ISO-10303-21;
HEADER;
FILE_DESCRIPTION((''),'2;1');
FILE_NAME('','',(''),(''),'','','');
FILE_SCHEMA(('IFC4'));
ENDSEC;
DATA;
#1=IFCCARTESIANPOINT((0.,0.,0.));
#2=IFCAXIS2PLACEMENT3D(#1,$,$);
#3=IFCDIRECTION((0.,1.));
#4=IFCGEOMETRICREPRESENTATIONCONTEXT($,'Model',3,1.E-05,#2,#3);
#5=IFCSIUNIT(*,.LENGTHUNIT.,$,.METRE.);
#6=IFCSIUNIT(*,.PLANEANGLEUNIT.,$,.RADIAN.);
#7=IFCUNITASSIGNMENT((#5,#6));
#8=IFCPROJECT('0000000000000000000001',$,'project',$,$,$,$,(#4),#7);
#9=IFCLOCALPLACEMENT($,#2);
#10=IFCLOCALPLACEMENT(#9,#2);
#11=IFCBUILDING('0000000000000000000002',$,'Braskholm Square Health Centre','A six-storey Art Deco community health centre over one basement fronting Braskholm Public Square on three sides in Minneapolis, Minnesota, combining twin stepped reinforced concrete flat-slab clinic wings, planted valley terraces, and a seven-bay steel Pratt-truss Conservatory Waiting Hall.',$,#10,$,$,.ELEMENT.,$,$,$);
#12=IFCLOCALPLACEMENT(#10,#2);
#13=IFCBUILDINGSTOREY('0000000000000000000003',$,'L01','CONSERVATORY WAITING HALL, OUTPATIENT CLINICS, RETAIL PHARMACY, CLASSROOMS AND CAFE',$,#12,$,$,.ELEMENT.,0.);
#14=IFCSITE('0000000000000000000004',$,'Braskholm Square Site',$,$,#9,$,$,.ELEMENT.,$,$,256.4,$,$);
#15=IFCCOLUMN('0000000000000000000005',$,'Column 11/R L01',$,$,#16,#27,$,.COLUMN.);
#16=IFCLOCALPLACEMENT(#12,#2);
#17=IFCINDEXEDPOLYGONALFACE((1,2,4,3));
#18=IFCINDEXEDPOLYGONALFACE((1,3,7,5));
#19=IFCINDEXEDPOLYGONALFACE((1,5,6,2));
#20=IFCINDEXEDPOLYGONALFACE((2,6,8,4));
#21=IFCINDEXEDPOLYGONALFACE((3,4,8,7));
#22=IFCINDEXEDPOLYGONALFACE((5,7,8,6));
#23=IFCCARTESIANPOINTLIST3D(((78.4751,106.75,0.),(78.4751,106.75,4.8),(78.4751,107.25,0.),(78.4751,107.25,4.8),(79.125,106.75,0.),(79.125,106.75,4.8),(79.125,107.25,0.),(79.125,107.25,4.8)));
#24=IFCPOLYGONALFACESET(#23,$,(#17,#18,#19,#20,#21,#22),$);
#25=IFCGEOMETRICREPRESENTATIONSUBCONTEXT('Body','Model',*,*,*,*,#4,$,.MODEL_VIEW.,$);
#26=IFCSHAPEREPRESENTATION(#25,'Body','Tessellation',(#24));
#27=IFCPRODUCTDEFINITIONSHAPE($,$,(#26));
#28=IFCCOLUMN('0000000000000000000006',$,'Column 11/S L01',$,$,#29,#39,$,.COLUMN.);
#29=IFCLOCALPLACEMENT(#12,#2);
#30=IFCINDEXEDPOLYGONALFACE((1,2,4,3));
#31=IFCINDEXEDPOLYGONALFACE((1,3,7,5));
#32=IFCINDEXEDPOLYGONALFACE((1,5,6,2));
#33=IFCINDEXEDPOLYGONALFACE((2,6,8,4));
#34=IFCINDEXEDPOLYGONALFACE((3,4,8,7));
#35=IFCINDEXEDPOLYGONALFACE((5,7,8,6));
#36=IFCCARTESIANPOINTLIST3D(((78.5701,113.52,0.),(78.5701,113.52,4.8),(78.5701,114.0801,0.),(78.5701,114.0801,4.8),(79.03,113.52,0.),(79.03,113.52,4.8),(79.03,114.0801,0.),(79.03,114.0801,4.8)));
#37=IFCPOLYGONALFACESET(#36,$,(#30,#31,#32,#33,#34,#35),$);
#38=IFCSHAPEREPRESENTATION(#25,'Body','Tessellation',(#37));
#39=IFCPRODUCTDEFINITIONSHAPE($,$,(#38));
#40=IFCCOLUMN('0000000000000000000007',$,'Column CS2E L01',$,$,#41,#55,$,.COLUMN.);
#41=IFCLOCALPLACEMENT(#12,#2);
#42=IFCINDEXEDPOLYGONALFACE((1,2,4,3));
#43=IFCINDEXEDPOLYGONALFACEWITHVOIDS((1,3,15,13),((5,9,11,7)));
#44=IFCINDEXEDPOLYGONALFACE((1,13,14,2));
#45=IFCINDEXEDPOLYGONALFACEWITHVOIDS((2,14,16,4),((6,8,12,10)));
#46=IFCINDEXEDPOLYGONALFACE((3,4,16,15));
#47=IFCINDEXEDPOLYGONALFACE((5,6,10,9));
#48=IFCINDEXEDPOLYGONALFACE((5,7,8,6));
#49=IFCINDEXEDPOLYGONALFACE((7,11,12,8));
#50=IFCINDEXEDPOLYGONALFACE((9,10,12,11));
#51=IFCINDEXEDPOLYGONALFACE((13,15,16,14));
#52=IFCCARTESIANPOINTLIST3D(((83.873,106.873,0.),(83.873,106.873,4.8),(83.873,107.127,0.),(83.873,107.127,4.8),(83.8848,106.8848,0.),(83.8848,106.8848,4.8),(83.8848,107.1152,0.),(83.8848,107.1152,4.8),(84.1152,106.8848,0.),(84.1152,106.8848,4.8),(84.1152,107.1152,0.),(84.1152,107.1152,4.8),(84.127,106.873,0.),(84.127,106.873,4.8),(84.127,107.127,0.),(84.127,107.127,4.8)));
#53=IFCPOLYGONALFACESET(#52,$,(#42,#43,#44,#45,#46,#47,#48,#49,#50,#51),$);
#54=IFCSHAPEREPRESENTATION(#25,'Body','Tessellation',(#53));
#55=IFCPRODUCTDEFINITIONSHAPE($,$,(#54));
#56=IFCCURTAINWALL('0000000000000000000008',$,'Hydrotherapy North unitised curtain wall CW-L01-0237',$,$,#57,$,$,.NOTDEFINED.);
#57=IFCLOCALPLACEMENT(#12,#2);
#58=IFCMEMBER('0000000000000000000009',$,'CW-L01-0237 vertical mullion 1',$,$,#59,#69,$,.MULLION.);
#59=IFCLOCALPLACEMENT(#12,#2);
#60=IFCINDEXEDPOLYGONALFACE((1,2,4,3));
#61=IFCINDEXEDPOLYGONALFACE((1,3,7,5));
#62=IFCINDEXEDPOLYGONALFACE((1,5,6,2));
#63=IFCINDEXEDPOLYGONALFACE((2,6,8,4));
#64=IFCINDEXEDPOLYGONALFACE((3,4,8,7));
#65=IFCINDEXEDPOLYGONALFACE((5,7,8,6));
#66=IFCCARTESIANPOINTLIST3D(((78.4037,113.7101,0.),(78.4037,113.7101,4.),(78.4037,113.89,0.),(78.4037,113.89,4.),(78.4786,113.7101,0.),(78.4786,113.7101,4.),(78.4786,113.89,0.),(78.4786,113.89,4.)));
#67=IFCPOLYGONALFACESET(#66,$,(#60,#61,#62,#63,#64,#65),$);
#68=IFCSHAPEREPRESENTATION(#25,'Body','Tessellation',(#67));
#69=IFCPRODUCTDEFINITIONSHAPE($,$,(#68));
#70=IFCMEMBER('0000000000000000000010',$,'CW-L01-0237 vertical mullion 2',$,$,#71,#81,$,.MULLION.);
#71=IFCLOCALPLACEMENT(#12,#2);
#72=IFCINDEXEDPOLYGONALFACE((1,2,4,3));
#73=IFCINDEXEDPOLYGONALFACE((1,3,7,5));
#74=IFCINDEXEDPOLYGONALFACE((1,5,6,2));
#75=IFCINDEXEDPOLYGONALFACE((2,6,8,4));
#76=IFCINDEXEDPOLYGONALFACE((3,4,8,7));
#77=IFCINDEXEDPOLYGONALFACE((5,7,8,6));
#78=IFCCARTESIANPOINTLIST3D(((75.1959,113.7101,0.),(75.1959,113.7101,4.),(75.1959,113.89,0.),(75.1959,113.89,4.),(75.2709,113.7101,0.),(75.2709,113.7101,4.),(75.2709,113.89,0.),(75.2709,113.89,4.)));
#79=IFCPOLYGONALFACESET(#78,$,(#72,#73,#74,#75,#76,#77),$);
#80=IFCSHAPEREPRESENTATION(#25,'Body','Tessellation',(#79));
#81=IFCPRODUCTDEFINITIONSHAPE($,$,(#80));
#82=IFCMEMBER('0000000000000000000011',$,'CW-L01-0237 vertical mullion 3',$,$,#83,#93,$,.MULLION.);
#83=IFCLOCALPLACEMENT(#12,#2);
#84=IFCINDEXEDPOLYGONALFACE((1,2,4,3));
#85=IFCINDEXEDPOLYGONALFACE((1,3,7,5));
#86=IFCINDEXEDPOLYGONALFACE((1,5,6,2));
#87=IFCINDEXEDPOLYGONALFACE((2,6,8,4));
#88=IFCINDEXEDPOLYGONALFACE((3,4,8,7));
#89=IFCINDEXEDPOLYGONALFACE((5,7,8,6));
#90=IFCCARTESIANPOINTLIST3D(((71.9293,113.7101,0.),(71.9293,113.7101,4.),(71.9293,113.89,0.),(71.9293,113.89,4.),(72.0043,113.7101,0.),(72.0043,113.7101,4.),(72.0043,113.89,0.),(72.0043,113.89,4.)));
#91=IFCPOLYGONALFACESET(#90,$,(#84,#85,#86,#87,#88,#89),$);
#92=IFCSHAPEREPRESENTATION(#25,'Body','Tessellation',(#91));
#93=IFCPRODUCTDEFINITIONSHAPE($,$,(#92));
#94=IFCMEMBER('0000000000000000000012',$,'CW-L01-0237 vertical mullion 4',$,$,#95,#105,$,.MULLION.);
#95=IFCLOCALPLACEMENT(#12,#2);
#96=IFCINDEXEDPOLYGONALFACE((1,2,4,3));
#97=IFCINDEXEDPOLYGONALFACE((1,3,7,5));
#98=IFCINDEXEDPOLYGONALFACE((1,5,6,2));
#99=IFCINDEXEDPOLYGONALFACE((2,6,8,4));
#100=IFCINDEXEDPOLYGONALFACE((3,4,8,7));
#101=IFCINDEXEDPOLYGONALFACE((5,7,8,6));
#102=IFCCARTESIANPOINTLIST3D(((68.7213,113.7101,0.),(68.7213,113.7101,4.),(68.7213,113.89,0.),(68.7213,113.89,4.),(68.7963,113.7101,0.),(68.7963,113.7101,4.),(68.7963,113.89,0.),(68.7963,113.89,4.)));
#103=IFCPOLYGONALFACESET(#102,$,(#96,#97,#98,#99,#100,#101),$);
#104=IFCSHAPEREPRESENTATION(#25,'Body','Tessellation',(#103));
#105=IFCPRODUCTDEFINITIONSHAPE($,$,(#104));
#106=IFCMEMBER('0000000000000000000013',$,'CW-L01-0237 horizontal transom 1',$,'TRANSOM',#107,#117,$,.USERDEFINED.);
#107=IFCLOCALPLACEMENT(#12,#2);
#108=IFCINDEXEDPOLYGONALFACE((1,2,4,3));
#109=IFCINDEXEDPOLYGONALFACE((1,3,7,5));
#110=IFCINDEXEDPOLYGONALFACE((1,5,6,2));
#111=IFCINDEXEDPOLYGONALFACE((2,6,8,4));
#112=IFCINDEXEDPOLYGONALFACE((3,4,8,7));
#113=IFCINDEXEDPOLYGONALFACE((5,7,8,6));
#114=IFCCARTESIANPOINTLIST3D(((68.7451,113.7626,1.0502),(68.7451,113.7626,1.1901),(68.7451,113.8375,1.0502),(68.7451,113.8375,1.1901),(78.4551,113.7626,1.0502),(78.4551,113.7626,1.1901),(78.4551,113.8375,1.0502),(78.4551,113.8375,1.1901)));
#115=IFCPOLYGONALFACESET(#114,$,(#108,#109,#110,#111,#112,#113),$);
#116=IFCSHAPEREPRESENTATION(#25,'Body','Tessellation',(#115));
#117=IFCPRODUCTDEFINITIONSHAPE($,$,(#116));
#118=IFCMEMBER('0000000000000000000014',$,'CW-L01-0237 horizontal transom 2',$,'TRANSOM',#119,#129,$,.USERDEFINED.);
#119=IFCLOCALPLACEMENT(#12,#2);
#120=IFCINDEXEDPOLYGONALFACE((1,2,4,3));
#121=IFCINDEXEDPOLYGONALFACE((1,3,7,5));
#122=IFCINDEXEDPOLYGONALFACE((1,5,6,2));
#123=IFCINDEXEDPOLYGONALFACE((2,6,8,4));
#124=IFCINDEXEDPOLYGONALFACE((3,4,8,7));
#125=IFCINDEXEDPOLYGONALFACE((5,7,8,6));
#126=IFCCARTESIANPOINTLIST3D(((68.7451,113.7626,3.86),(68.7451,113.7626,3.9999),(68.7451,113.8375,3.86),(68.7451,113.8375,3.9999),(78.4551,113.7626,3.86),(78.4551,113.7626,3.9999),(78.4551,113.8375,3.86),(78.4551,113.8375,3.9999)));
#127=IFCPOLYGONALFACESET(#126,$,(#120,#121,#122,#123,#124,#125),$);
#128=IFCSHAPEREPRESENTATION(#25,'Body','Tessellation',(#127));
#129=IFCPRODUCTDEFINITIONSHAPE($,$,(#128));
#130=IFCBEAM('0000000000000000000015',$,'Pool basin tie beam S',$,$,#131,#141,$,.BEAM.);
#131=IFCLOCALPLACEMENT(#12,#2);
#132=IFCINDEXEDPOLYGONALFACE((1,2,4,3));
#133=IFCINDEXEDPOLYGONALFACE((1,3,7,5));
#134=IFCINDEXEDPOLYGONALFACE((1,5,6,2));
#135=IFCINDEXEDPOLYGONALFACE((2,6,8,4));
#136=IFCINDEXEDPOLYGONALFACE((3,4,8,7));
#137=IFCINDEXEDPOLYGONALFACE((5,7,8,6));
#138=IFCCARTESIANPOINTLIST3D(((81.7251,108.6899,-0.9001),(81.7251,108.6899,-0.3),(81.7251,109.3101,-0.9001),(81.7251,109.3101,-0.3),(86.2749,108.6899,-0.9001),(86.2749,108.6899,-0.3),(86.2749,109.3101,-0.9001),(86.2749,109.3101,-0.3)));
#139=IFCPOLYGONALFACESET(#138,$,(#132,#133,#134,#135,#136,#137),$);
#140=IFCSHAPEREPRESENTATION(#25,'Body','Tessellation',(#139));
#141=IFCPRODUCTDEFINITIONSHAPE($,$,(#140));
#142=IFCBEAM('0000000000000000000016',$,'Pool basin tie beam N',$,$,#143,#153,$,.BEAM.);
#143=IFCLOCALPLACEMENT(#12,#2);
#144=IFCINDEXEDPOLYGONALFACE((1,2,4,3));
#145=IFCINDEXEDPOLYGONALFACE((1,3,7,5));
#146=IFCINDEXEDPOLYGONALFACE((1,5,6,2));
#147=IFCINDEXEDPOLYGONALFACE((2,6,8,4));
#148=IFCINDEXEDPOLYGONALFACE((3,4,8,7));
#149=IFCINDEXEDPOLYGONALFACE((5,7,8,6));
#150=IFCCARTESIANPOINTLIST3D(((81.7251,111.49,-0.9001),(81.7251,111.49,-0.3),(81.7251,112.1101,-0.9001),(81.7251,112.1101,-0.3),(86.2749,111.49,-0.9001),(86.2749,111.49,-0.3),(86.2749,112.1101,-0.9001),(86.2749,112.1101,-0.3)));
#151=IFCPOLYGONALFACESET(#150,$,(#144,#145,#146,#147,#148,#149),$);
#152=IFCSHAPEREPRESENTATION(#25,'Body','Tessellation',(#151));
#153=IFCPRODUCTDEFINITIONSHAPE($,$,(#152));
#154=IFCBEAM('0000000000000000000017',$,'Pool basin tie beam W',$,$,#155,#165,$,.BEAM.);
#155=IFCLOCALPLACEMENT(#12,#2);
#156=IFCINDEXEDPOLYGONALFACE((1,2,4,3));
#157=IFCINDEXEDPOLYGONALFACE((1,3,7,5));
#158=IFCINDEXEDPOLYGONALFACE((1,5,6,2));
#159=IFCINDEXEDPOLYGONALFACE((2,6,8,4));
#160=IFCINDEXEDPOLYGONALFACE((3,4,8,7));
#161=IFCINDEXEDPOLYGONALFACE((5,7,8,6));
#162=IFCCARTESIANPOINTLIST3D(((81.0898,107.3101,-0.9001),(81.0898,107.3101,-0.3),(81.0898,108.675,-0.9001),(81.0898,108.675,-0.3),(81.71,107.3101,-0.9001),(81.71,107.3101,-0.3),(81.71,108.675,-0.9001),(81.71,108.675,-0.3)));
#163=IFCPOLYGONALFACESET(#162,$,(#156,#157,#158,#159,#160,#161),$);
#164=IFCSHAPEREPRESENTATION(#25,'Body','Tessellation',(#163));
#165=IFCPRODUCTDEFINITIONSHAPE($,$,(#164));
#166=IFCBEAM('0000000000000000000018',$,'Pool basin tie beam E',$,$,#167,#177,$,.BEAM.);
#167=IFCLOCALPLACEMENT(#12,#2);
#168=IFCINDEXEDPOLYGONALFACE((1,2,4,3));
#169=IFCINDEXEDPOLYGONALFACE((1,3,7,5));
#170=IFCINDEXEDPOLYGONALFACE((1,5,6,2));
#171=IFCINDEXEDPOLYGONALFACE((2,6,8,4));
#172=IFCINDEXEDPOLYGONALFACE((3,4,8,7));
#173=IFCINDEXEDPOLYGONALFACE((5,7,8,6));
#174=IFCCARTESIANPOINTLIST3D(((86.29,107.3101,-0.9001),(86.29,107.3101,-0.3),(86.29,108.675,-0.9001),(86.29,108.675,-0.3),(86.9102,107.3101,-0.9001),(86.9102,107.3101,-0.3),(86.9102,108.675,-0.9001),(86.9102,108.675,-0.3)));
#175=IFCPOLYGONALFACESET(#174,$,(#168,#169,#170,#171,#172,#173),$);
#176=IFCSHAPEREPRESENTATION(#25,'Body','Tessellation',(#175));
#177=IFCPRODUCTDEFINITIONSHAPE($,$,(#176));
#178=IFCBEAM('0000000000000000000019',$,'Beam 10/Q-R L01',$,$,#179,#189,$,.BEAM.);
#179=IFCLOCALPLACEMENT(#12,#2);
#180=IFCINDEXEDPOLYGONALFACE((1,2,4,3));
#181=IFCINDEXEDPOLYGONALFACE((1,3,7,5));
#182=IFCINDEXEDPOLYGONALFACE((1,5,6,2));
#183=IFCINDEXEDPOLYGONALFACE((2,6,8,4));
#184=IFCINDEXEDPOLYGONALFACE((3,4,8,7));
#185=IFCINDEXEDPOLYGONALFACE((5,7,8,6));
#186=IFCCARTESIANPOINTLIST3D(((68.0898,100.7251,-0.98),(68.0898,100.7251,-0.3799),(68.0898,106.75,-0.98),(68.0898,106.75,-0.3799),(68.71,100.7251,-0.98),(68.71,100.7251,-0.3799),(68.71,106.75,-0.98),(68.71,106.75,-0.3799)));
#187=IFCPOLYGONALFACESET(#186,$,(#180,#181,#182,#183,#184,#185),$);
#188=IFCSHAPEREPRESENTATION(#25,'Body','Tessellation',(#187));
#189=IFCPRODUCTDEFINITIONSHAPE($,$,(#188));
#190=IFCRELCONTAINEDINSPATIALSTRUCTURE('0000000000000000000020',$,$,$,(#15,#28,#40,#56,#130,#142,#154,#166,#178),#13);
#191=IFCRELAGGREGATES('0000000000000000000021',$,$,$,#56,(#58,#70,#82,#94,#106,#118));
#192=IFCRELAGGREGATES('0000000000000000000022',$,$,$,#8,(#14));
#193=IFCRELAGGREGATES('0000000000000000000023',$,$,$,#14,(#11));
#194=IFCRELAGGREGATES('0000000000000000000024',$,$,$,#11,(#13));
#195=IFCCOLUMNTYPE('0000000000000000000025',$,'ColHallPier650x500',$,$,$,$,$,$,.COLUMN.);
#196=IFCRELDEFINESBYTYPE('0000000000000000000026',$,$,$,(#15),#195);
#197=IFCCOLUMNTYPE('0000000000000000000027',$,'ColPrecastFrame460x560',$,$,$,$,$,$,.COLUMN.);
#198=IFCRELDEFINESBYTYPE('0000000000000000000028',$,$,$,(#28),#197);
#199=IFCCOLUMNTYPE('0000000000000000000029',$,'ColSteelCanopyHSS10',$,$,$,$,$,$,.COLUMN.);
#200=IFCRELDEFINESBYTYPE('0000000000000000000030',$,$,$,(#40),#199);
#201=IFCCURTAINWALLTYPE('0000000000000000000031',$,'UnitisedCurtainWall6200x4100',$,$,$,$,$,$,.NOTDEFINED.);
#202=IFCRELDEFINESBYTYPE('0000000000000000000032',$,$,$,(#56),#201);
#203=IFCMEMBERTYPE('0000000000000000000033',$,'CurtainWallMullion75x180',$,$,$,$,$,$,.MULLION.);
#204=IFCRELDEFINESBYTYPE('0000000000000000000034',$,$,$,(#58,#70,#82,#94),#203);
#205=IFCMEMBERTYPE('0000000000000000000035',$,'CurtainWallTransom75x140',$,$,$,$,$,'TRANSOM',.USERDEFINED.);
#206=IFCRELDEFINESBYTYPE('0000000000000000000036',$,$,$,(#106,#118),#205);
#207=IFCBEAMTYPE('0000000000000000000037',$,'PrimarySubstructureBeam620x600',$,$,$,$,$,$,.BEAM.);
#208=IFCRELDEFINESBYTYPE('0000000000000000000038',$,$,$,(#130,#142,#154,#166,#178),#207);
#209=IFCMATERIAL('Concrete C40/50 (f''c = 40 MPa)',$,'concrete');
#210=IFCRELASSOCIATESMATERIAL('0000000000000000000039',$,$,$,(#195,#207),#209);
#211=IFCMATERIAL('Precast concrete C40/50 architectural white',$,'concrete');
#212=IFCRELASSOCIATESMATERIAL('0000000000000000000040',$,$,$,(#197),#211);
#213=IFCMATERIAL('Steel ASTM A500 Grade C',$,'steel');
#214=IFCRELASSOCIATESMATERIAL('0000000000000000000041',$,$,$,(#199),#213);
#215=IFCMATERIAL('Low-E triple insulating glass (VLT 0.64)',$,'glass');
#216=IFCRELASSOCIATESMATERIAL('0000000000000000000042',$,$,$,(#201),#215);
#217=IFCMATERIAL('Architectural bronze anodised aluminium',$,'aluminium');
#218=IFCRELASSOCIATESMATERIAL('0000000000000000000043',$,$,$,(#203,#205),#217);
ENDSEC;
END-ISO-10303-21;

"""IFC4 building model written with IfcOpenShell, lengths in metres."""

from ifc_helpers import new_model, si_unit, direction, frame, origin, origin_2d, place, context, subcontext, project, spatial, rectangle, hollow_rectangle, extrude, material, material_profile, profile_set, type_object, element, aggregate, save


model = new_model("IFC4")

# Units and contexts
model_context = context("Model", 3, precision=1e-05, world=origin(), true_north=direction((0.0, 1.0)))
body_context = subcontext(model_context, "Body", "Model", "MODEL_VIEW")
ifc_project = project(units=[si_unit("LENGTHUNIT", "METRE"), si_unit("PLANEANGLEUNIT", "RADIAN")], contexts=[model_context])

# Site, building, storey
site_placement = place(None, origin())
site = spatial("IfcSite", under=ifc_project, at=site_placement, Name="Braskholm Square Site", CompositionType="ELEMENT", RefElevation=256.4)
building_placement = place(site_placement, origin())
building = spatial("IfcBuilding", under=site, at=building_placement, Name="Braskholm Square Health Centre", Description="A six-storey Art Deco community health centre over one basement fronting Braskholm Public Square on three sides in Minneapolis, Minnesota, combining twin stepped reinforced concrete flat-slab clinic wings, planted valley terraces, and a seven-bay steel Pratt-truss Conservatory Waiting Hall.", CompositionType="ELEMENT")
storey_placement = place(building_placement, origin())
storey = spatial("IfcBuildingStorey", under=building, at=storey_placement, Name="L01", Description="CONSERVATORY WAITING HALL, OUTPATIENT CLINICS, RETAIL PHARMACY, CLASSROOMS AND CAFE", CompositionType="ELEMENT", Elevation=0.0)

# Columns
ifc_material_1 = material(Name="Concrete C40/50 (f'c = 40 MPa)", Category="concrete")
ifc_material_profile_1 = material_profile(ifc_material_1, rectangle(XDim=0.6499, YDim=0.5, at=origin_2d()), Name="RC-650X500")
ifc_profile_set_1 = profile_set([ifc_material_profile_1], Name="Concrete C40/50 (f'c = 40 MPa)")
column_type_1 = type_object("IfcColumnType", Name="ColHallPier650x500", PredefinedType="COLUMN", material=ifc_profile_set_1)
column_1_placement = place(storey_placement, frame((78.8, 107.0, 0.0), z_axis=(0.0, 0.0, 1.0), x_axis=(1.0, 0.0, 0.0)))
element("IfcColumn", 1, at=column_1_placement, inside=storey, type_object=column_type_1, Name="Column 11/R L01", PredefinedType="COLUMN", context=body_context, shape_type="SweptSolid", body=[
    extrude(rectangle(XDim=0.6499, YDim=0.5, at=origin_2d()), origin(), (0.0, 0.0, 1.0), 4.8),
])
ifc_material_2 = material(Name="Precast concrete C40/50 architectural white", Category="concrete")
ifc_material_profile_2 = material_profile(ifc_material_2, rectangle(XDim=0.46, YDim=0.5601, at=origin_2d()), Name="RC-460X560")
ifc_profile_set_2 = profile_set([ifc_material_profile_2], Name="Precast concrete C40/50 architectural white")
column_type_2 = type_object("IfcColumnType", Name="ColPrecastFrame460x560", PredefinedType="COLUMN", material=ifc_profile_set_2)
column_2_placement = place(storey_placement, frame((78.8, 113.8, 0.0), z_axis=(0.0, 0.0, 1.0), x_axis=(1.0, 0.0, 0.0)))
element("IfcColumn", 2, at=column_2_placement, inside=storey, type_object=column_type_2, Name="Column 11/S L01", PredefinedType="COLUMN", context=body_context, shape_type="SweptSolid", body=[
    extrude(rectangle(XDim=0.46, YDim=0.5601, at=origin_2d()), origin(), (0.0, 0.0, 1.0), 4.8),
])
ifc_material_3 = material(Name="Steel ASTM A500 Grade C", Category="steel")
ifc_material_profile_3 = material_profile(ifc_material_3, hollow_rectangle(XDim=0.2539, YDim=0.2539, WallThickness=0.0117, at=origin_2d()), Name="HSS10X10X1/2")
ifc_profile_set_3 = profile_set([ifc_material_profile_3], Name="Steel ASTM A500 Grade C")
column_type_3 = type_object("IfcColumnType", Name="ColSteelCanopyHSS10", PredefinedType="COLUMN", material=ifc_profile_set_3)
column_3_placement = place(storey_placement, frame((84.0, 107.0, 0.0), z_axis=(0.0, 0.0, 1.0), x_axis=(1.0, 0.0, 0.0)))
element("IfcColumn", 3, at=column_3_placement, inside=storey, type_object=column_type_3, Name="Column CS2E L01", PredefinedType="COLUMN", context=body_context, shape_type="SweptSolid", body=[
    extrude(hollow_rectangle(XDim=0.2539, YDim=0.2539, WallThickness=0.0117, at=origin_2d()), origin(), (0.0, 0.0, 1.0), 4.8),
])

# Curtain wall, members
ifc_material_4 = material(Name="Low-E triple insulating glass (VLT 0.64)", Category="glass")
curtain_wall_type = type_object("IfcCurtainWallType", Name="UnitisedCurtainWall6200x4100", PredefinedType="NOTDEFINED", material=ifc_material_4)
curtain_wall_placement = place(storey_placement, origin())
curtain_wall = element("IfcCurtainWall", 4, at=curtain_wall_placement, inside=storey, type_object=curtain_wall_type, Name="Hydrotherapy North unitised curtain wall CW-L01-0237", PredefinedType="NOTDEFINED")
ifc_material_5 = material(Name="Architectural bronze anodised aluminium", Category="aluminium")
ifc_material_profile_4 = material_profile(ifc_material_5, rectangle(XDim=0.075, YDim=0.1799, at=origin_2d()), Name="ALU-75X180")
ifc_profile_set_4 = profile_set([ifc_material_profile_4], Name="Architectural bronze anodised aluminium")
member_type_1 = type_object("IfcMemberType", Name="CurtainWallMullion75x180", PredefinedType="MULLION", material=ifc_profile_set_4)
member_1_placement = place(storey_placement, frame((78.4412, 113.8, 0.0), z_axis=(0.0, 0.0, 1.0), x_axis=(1.0, 0.0, 0.0)))
member_1 = element("IfcMember", 5, at=member_1_placement, type_object=member_type_1, Name="CW-L01-0237 vertical mullion 1", PredefinedType="MULLION", context=body_context, shape_type="SweptSolid", body=[
    extrude(rectangle(XDim=0.075, YDim=0.1799, at=origin_2d()), origin(), (0.0, 0.0, 1.0), 4.0),
])
member_2_placement = place(storey_placement, frame((75.2334, 113.8, 0.0), z_axis=(0.0, 0.0, 1.0), x_axis=(1.0, 0.0, 0.0)))
member_2 = element("IfcMember", 6, at=member_2_placement, type_object=member_type_1, Name="CW-L01-0237 vertical mullion 2", PredefinedType="MULLION", context=body_context, shape_type="SweptSolid", body=[
    extrude(rectangle(XDim=0.075, YDim=0.1799, at=origin_2d()), origin(), (0.0, 0.0, 1.0), 4.0),
])
member_3_placement = place(storey_placement, frame((71.9668, 113.8, 0.0), z_axis=(0.0, 0.0, 1.0), x_axis=(1.0, 0.0, 0.0)))
member_3 = element("IfcMember", 7, at=member_3_placement, type_object=member_type_1, Name="CW-L01-0237 vertical mullion 3", PredefinedType="MULLION", context=body_context, shape_type="SweptSolid", body=[
    extrude(rectangle(XDim=0.075, YDim=0.1799, at=origin_2d()), origin(), (0.0, 0.0, 1.0), 4.0),
])
member_4_placement = place(storey_placement, frame((68.7588, 113.8, 0.0), z_axis=(0.0, 0.0, 1.0), x_axis=(1.0, 0.0, 0.0)))
member_4 = element("IfcMember", 8, at=member_4_placement, type_object=member_type_1, Name="CW-L01-0237 vertical mullion 4", PredefinedType="MULLION", context=body_context, shape_type="SweptSolid", body=[
    extrude(rectangle(XDim=0.075, YDim=0.1799, at=origin_2d()), origin(), (0.0, 0.0, 1.0), 4.0),
])
ifc_material_profile_5 = material_profile(ifc_material_5, rectangle(XDim=0.075, YDim=0.1399, at=origin_2d()), Name="ALU-75X140")
ifc_profile_set_5 = profile_set([ifc_material_profile_5], Name="Architectural bronze anodised aluminium")
member_type_2 = type_object("IfcMemberType", Name="CurtainWallTransom75x140", ElementType="TRANSOM", PredefinedType="USERDEFINED", material=ifc_profile_set_5)
member_5_placement = place(storey_placement, frame((78.4551, 113.8, 1.1201), z_axis=(-1.0, 0.0, 0.0), x_axis=(0.0, -1.0, 0.0)))
member_5 = element("IfcMember", 9, at=member_5_placement, type_object=member_type_2, Name="CW-L01-0237 horizontal transom 1", ObjectType="TRANSOM", PredefinedType="USERDEFINED", context=body_context, shape_type="SweptSolid", body=[
    extrude(rectangle(XDim=0.075, YDim=0.1399, at=origin_2d()), origin(), (0.0, 0.0, 1.0), 9.71),
])
member_6_placement = place(storey_placement, frame((78.4551, 113.8, 3.9299), z_axis=(-1.0, 0.0, 0.0), x_axis=(0.0, -1.0, 0.0)))
member_6 = element("IfcMember", 10, at=member_6_placement, type_object=member_type_2, Name="CW-L01-0237 horizontal transom 2", ObjectType="TRANSOM", PredefinedType="USERDEFINED", context=body_context, shape_type="SweptSolid", body=[
    extrude(rectangle(XDim=0.075, YDim=0.1399, at=origin_2d()), origin(), (0.0, 0.0, 1.0), 9.71),
])

# Beams
ifc_material_profile_6 = material_profile(ifc_material_1, rectangle(XDim=0.6201, YDim=0.6001, at=origin_2d()), Name="RCB-620X600")
ifc_profile_set_6 = profile_set([ifc_material_profile_6], Name="Concrete C40/50 (f'c = 40 MPa)")
beam_type_1 = type_object("IfcBeamType", Name="PrimarySubstructureBeam620x600", PredefinedType="BEAM", material=ifc_profile_set_6)
for number, where, z_axis, x_axis, name in (
    (11, (81.7251, 109.0, -0.6001), (1.0, 0.0, 0.0), (0.0, 1.0, 0.0), "Pool basin tie beam S"),
    (12, (81.7251, 111.8, -0.6001), (1.0, 0.0, 0.0), (0.0, 1.0, 0.0), "Pool basin tie beam N"),
):
    element("IfcBeam", number, at=place(storey_placement, frame(where, z_axis=z_axis, x_axis=x_axis)), inside=storey, type_object=beam_type_1, Name=name, PredefinedType="BEAM", context=body_context, shape_type="SweptSolid", body=[
        extrude(rectangle(XDim=0.6201, YDim=0.6001, at=origin_2d()), origin(), (0.0, 0.0, 1.0), 4.5498),
    ])
for number, where, z_axis, x_axis, name in (
    (13, (81.3999, 107.3101, -0.6001), (0.0, 1.0, 0.0), (-1.0, 0.0, 0.0), "Pool basin tie beam W"),
    (14, (86.6001, 107.3101, -0.6001), (0.0, 1.0, 0.0), (-1.0, 0.0, 0.0), "Pool basin tie beam E"),
):
    element("IfcBeam", number, at=place(storey_placement, frame(where, z_axis=z_axis, x_axis=x_axis)), inside=storey, type_object=beam_type_1, Name=name, PredefinedType="BEAM", context=body_context, shape_type="SweptSolid", body=[
        extrude(rectangle(XDim=0.6201, YDim=0.6001, at=origin_2d()), origin(), (0.0, 0.0, 1.0), 1.365),
    ])
beam_1_placement = place(storey_placement, frame((68.3999, 100.7251, -0.6799), z_axis=(0.0, 1.0, 0.0), x_axis=(-1.0, 0.0, 0.0)))
element("IfcBeam", 15, at=beam_1_placement, inside=storey, type_object=beam_type_1, Name="Beam 10/Q-R L01", PredefinedType="BEAM", context=body_context, shape_type="SweptSolid", body=[
    extrude(rectangle(XDim=0.6201, YDim=0.6001, at=origin_2d()), origin(), (0.0, 0.0, 1.0), 6.0249),
])

aggregate(curtain_wall, [member_1, member_2, member_3, member_4, member_5, member_6])

save(model, "model.ifc")
